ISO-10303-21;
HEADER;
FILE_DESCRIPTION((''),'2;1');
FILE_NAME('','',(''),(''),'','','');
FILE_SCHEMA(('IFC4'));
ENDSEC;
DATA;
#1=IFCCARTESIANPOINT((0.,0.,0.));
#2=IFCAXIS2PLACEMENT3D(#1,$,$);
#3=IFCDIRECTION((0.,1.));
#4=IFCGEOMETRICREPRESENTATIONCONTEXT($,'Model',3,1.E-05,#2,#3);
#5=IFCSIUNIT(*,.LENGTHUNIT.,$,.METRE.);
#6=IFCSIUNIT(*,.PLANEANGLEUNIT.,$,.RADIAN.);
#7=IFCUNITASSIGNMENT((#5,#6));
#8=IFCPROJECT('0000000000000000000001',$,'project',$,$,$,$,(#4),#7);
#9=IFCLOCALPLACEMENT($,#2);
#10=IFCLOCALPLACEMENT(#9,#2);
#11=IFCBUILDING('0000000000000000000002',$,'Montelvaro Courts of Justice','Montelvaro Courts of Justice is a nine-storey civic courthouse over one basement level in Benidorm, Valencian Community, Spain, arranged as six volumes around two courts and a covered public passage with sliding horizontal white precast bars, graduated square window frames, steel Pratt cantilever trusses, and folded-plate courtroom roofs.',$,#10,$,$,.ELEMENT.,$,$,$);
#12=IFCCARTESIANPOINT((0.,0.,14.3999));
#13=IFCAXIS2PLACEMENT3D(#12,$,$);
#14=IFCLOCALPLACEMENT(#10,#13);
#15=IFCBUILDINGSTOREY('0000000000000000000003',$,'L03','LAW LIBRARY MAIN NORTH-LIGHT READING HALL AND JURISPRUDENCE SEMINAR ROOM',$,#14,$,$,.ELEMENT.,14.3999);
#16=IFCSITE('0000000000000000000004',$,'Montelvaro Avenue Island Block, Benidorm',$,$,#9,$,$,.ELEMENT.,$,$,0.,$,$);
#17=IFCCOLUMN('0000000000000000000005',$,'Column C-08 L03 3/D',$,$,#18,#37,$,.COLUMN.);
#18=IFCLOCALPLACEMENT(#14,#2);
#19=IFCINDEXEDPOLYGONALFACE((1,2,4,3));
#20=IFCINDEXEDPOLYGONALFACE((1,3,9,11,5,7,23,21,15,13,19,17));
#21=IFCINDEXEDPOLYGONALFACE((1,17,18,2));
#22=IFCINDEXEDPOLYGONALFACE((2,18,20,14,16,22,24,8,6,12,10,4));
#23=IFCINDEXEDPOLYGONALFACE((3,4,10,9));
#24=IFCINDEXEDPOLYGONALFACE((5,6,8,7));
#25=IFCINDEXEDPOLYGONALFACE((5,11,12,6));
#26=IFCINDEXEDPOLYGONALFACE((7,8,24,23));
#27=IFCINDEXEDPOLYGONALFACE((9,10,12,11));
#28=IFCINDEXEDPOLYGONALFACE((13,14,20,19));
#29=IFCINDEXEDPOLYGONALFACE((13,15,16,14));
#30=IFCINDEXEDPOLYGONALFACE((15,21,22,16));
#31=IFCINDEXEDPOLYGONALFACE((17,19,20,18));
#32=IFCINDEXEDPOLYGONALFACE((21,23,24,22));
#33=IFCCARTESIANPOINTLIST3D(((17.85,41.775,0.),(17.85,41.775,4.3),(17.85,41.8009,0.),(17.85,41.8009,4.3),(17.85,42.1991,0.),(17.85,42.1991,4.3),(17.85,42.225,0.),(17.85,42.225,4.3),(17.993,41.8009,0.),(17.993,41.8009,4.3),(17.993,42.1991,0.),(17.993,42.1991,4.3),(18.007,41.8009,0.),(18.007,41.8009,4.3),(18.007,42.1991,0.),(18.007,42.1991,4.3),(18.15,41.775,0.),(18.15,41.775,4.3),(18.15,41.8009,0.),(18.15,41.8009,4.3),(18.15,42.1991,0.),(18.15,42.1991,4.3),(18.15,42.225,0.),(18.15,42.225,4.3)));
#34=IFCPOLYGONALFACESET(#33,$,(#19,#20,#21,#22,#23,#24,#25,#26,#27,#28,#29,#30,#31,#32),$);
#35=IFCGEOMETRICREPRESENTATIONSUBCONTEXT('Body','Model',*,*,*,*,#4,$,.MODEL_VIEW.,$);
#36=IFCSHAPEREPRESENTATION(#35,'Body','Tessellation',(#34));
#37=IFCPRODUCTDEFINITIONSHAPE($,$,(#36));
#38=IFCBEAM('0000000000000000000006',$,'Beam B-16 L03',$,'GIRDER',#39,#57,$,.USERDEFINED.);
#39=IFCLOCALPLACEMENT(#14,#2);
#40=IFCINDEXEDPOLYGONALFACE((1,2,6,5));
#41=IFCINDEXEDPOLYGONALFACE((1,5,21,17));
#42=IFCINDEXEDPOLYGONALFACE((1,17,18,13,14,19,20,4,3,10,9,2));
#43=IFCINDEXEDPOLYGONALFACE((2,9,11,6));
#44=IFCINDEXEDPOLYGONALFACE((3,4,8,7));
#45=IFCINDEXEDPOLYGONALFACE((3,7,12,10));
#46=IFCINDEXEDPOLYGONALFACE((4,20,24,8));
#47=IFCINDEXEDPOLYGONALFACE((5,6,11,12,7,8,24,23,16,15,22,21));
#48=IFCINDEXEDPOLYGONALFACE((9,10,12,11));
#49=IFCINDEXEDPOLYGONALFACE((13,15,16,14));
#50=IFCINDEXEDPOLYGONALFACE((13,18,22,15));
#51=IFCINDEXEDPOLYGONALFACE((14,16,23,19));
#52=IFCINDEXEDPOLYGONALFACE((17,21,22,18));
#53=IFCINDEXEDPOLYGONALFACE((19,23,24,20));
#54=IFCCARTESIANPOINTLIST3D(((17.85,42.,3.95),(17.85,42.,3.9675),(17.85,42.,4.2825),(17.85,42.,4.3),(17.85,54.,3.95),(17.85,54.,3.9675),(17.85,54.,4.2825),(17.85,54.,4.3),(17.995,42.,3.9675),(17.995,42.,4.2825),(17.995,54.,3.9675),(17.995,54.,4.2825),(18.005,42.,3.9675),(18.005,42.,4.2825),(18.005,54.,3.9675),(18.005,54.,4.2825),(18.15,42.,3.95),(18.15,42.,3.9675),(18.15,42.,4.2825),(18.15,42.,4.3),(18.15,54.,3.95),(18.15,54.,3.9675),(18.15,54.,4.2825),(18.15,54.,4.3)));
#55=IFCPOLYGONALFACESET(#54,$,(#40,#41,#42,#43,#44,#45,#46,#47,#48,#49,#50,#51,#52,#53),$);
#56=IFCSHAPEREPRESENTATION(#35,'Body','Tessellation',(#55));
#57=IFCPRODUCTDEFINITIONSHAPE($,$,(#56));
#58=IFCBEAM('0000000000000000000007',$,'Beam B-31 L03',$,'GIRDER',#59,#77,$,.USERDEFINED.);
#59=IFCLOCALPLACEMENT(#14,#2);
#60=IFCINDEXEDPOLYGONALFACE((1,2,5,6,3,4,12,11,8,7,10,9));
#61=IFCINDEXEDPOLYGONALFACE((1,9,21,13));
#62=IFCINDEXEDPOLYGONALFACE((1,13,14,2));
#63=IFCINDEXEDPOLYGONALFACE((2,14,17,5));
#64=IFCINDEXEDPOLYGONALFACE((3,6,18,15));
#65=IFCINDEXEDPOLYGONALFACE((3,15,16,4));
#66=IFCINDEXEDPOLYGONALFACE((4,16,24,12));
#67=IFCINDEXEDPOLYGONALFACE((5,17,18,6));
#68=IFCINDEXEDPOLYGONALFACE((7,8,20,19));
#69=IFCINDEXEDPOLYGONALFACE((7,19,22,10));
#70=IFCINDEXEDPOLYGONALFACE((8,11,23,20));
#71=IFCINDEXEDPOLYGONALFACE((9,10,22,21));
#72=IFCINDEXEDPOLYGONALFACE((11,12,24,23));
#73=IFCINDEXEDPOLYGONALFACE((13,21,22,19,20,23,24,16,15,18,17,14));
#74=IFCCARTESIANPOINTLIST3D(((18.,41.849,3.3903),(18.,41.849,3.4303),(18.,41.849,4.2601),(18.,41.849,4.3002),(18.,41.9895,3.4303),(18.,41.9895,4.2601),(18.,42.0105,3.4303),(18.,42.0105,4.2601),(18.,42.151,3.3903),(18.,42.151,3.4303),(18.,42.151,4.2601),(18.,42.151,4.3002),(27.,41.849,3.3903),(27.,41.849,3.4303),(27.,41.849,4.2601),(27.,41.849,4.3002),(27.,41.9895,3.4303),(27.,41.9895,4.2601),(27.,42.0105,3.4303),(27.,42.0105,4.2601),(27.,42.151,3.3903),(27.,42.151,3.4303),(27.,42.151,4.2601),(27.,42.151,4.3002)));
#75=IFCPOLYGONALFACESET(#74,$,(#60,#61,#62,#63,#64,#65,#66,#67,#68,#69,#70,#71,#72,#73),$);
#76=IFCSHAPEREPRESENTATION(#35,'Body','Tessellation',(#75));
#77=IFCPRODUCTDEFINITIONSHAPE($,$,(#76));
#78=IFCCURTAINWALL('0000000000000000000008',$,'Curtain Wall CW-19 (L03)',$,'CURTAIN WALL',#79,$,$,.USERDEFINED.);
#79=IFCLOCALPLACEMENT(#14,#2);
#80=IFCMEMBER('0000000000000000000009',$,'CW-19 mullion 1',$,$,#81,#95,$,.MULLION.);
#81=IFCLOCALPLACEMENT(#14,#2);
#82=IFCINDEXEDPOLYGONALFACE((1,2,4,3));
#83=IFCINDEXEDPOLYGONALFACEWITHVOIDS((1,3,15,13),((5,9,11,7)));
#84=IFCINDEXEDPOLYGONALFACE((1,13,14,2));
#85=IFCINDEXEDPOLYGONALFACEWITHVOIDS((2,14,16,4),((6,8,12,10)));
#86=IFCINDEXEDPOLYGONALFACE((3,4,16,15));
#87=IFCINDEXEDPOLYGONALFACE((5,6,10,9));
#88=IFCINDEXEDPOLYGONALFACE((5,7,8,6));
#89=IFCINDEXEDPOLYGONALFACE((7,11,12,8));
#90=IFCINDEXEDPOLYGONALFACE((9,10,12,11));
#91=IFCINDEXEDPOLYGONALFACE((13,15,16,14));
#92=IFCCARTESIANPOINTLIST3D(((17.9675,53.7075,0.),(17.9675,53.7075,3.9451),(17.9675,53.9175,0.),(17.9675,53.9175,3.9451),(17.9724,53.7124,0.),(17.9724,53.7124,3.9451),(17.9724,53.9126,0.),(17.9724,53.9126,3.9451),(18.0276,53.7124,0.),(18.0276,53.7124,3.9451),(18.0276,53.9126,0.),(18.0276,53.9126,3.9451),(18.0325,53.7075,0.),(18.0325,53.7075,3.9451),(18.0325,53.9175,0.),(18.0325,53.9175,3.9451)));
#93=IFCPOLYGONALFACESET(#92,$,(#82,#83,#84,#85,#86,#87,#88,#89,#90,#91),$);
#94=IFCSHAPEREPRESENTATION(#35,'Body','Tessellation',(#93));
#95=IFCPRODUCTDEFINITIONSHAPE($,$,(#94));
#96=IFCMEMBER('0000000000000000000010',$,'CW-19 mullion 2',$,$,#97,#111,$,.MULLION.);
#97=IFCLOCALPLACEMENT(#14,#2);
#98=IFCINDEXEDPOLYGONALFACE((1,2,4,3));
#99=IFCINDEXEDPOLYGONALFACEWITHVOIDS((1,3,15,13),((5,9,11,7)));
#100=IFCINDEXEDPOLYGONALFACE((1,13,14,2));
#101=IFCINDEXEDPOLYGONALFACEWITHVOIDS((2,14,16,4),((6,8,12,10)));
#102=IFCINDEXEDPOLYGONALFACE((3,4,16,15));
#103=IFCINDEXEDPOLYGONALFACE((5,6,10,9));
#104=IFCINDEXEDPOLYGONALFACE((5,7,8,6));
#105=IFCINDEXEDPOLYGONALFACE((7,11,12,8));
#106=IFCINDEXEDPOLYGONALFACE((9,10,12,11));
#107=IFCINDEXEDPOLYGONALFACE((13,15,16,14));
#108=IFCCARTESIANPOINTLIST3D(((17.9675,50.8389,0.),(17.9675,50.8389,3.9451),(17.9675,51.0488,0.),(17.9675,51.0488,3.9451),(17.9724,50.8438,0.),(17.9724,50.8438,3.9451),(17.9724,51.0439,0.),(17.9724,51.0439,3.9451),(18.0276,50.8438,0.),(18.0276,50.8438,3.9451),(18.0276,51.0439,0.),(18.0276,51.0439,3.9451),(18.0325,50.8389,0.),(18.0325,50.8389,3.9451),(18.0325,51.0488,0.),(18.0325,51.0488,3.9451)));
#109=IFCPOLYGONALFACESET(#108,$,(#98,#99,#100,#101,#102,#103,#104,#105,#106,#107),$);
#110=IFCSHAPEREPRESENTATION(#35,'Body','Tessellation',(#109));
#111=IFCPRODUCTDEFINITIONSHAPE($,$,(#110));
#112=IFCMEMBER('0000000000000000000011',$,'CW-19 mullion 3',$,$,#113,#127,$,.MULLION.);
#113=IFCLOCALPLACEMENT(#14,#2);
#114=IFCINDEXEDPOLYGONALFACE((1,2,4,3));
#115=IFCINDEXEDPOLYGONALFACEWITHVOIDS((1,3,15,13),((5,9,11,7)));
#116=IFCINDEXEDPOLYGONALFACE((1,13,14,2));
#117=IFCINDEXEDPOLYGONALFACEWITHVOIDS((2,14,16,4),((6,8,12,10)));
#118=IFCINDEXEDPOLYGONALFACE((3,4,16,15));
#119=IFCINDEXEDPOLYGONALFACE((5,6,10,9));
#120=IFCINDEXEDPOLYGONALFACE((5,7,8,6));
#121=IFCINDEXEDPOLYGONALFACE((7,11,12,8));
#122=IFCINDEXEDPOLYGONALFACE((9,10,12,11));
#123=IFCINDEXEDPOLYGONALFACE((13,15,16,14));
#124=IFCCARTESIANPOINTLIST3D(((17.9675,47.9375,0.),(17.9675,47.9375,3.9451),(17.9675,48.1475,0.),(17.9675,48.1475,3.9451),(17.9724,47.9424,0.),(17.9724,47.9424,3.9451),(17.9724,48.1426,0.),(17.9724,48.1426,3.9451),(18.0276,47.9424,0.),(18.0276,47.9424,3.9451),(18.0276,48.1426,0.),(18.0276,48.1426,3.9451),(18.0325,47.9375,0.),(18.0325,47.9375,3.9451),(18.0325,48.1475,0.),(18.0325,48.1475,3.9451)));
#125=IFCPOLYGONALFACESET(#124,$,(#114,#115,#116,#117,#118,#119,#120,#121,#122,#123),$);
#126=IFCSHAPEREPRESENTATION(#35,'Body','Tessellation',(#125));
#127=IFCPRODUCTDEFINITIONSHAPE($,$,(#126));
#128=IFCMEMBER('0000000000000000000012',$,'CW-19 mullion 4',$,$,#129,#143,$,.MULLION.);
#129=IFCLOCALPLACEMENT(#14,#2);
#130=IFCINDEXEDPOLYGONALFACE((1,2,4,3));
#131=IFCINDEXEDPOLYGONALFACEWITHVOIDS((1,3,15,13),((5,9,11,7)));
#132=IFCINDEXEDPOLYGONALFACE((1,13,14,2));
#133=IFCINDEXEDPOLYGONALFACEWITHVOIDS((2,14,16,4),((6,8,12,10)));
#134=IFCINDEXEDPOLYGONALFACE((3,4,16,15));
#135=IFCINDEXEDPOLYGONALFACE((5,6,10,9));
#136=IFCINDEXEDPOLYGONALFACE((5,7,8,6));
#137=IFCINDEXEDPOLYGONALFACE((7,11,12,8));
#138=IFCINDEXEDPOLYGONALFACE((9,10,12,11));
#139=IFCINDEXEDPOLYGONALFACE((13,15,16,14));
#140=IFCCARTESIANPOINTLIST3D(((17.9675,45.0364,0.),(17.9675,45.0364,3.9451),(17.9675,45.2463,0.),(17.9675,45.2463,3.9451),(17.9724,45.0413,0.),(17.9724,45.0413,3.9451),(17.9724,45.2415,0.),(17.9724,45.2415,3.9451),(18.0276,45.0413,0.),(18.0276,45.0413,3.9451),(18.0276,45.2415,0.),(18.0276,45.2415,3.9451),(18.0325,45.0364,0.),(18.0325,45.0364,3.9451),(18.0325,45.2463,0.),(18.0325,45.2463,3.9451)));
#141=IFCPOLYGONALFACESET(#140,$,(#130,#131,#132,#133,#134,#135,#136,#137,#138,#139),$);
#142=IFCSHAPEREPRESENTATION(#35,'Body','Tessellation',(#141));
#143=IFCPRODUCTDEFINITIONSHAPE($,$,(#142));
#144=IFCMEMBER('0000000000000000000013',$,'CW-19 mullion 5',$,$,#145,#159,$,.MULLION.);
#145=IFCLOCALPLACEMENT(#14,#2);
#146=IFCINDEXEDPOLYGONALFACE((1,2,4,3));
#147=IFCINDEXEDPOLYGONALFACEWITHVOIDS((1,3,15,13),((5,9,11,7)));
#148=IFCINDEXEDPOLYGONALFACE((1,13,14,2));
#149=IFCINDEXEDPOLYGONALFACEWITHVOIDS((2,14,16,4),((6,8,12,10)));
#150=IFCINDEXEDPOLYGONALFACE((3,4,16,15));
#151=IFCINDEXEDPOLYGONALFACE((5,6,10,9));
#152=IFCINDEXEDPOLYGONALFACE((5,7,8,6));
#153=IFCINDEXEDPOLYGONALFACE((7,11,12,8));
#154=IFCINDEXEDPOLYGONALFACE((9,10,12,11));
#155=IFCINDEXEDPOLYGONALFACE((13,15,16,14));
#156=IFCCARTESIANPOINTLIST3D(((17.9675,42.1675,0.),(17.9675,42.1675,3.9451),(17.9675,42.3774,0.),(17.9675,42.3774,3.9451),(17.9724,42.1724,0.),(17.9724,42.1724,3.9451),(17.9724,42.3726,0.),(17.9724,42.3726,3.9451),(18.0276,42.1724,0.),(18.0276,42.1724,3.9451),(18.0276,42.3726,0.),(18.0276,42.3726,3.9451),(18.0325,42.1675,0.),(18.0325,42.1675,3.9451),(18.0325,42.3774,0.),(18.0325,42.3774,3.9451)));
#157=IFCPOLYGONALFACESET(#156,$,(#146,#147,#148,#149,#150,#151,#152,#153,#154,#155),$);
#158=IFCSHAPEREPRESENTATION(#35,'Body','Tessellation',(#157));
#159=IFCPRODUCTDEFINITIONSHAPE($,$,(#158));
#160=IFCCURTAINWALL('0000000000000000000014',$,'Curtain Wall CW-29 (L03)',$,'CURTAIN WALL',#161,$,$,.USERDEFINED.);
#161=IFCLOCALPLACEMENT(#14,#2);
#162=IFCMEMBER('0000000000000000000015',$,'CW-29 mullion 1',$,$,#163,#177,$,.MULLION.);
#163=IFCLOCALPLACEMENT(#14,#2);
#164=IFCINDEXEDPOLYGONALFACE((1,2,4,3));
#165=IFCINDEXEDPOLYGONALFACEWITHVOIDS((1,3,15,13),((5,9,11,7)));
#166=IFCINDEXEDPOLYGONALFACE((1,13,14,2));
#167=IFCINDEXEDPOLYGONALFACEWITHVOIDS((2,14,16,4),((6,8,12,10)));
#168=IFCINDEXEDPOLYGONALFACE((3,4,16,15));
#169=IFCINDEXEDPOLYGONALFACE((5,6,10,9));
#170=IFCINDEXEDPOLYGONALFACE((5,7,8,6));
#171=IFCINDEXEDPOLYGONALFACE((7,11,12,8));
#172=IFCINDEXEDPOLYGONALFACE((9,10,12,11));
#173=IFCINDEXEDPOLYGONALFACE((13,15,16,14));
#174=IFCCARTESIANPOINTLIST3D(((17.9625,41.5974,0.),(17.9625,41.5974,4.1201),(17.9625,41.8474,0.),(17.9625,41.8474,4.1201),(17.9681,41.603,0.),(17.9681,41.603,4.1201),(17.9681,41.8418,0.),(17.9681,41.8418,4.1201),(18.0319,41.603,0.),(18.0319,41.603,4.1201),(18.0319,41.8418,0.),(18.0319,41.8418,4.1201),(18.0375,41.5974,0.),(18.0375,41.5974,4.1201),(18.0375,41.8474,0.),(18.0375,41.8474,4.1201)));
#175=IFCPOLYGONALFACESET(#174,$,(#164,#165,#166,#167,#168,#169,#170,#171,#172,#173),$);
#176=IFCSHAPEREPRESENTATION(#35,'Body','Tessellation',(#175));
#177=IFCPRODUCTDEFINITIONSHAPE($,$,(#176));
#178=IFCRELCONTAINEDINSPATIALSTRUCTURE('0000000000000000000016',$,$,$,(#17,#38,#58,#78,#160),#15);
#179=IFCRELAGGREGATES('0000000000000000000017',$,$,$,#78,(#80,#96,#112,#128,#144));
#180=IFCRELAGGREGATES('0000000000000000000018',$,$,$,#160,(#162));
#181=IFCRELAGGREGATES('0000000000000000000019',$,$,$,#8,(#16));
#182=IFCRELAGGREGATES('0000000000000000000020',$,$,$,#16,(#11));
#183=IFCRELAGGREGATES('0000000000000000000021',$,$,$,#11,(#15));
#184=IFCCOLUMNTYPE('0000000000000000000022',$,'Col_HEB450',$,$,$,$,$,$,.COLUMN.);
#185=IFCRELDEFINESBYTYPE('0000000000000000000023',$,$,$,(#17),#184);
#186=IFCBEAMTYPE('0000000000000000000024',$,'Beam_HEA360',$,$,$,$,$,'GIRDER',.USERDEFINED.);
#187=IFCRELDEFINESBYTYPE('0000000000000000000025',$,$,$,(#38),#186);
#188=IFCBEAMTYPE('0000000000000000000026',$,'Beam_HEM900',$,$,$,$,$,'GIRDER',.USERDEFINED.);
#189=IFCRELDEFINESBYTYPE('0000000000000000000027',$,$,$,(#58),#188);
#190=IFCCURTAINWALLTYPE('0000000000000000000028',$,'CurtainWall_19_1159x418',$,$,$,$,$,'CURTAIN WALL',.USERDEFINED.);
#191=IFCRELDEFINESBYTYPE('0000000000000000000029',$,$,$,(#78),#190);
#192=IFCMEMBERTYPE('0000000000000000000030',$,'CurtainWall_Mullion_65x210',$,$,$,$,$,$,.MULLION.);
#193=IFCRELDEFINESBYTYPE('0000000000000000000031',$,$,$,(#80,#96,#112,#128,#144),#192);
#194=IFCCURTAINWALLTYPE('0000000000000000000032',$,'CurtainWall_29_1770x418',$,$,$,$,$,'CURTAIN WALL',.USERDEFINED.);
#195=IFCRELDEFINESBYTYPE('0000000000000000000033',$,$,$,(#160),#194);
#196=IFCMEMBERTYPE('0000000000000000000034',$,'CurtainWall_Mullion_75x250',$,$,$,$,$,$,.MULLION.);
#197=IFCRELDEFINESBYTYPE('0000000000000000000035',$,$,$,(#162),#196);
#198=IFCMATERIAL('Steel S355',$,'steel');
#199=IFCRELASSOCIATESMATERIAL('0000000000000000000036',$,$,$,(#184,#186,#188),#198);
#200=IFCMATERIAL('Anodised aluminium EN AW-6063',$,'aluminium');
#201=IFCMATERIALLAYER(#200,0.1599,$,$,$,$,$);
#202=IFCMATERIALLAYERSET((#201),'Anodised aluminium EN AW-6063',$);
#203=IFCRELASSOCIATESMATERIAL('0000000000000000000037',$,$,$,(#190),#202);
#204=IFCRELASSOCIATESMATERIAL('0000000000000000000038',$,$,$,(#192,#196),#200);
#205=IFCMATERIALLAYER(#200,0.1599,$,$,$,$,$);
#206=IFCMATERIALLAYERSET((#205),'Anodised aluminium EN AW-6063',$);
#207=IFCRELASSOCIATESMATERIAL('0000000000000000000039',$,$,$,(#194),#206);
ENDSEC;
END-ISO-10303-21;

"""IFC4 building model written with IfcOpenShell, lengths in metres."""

from ifc_helpers import new_model, si_unit, direction, frame, origin, origin_2d, place, context, subcontext, project, spatial, hollow_rectangle, i_section, extrude, material, layer, layer_set, material_profile, profile_set, type_object, element, aggregate, save


model = new_model("IFC4")

# Units and contexts
model_context = context("Model", 3, precision=1e-05, world=origin(), true_north=direction((0.0, 1.0)))
body_context = subcontext(model_context, "Body", "Model", "MODEL_VIEW")
ifc_project = project(units=[si_unit("LENGTHUNIT", "METRE"), si_unit("PLANEANGLEUNIT", "RADIAN")], contexts=[model_context])

# Site, building, storey
site_placement = place(None, origin())
site = spatial("IfcSite", under=ifc_project, at=site_placement, Name="Montelvaro Avenue Island Block, Benidorm", CompositionType="ELEMENT", RefElevation=0.0)
building_placement = place(site_placement, origin())
building = spatial("IfcBuilding", under=site, at=building_placement, Name="Montelvaro Courts of Justice", Description="Montelvaro Courts of Justice is a nine-storey civic courthouse over one basement level in Benidorm, Valencian Community, Spain, arranged as six volumes around two courts and a covered public passage with sliding horizontal white precast bars, graduated square window frames, steel Pratt cantilever trusses, and folded-plate courtroom roofs.", CompositionType="ELEMENT")
storey_placement = place(building_placement, frame((0.0, 0.0, 14.3999)))
storey = spatial("IfcBuildingStorey", under=building, at=storey_placement, Name="L03", Description="LAW LIBRARY MAIN NORTH-LIGHT READING HALL AND JURISPRUDENCE SEMINAR ROOM", CompositionType="ELEMENT", Elevation=14.3999)

# Column
ifc_material_1 = material(Name="Steel S355", Category="steel")
ifc_material_profile_1 = material_profile(ifc_material_1, i_section(OverallWidth=0.3, OverallDepth=0.45, WebThickness=0.0139, FlangeThickness=0.0259, at=origin_2d()), Name="HEB 450")
ifc_profile_set_1 = profile_set([ifc_material_profile_1], Name="Steel S355")
column_type = type_object("IfcColumnType", Name="Col_HEB450", PredefinedType="COLUMN", material=ifc_profile_set_1)
column_placement = place(storey_placement, frame((18.0, 42.0, 0.0), z_axis=(0.0, 0.0, 1.0), x_axis=(1.0, 0.0, 0.0)))
element("IfcColumn", 1, at=column_placement, inside=storey, type_object=column_type, Name="Column C-08 L03 3/D", PredefinedType="COLUMN", context=body_context, shape_type="SweptSolid", body=[
    extrude(i_section(OverallWidth=0.3, OverallDepth=0.45, WebThickness=0.0139, FlangeThickness=0.0259, at=origin_2d()), origin(), (0.0, 0.0, 1.0), 4.3),
])

# Beams
ifc_material_profile_2 = material_profile(ifc_material_1, i_section(OverallWidth=0.3, OverallDepth=0.3501, WebThickness=0.01, FlangeThickness=0.0176, at=origin_2d()), Name="HEA 360")
ifc_profile_set_2 = profile_set([ifc_material_profile_2], Name="Steel S355")
beam_type_1 = type_object("IfcBeamType", Name="Beam_HEA360", ElementType="GIRDER", PredefinedType="USERDEFINED", material=ifc_profile_set_2)
beam_1_placement = place(storey_placement, frame((18.0, 42.0, 4.125), z_axis=(0.0, 1.0, 0.0), x_axis=(-1.0, 0.0, 0.0)))
element("IfcBeam", 2, at=beam_1_placement, inside=storey, type_object=beam_type_1, Name="Beam B-16 L03", ObjectType="GIRDER", PredefinedType="USERDEFINED", context=body_context, shape_type="SweptSolid", body=[
    extrude(i_section(OverallWidth=0.3, OverallDepth=0.3501, WebThickness=0.01, FlangeThickness=0.0176, at=origin_2d()), origin(), (0.0, 0.0, 1.0), 12.0),
])
ifc_material_profile_3 = material_profile(ifc_material_1, i_section(OverallWidth=0.302, OverallDepth=0.9099, WebThickness=0.021, FlangeThickness=0.04, at=origin_2d()), Name="HEM 900")
ifc_profile_set_3 = profile_set([ifc_material_profile_3], Name="Steel S355")
beam_type_2 = type_object("IfcBeamType", Name="Beam_HEM900", ElementType="GIRDER", PredefinedType="USERDEFINED", material=ifc_profile_set_3)
beam_2_placement = place(storey_placement, frame((18.0, 42.0, 3.8452), z_axis=(1.0, 0.0, 0.0), x_axis=(0.0, 1.0, 0.0)))
element("IfcBeam", 3, at=beam_2_placement, inside=storey, type_object=beam_type_2, Name="Beam B-31 L03", ObjectType="GIRDER", PredefinedType="USERDEFINED", context=body_context, shape_type="SweptSolid", body=[
    extrude(i_section(OverallWidth=0.302, OverallDepth=0.9099, WebThickness=0.021, FlangeThickness=0.04, at=origin_2d()), origin(), (0.0, 0.0, 1.0), 9.0),
])

# Curtain walls, members
ifc_material_2 = material(Name="Anodised aluminium EN AW-6063", Category="aluminium")
ifc_layer_1 = layer(ifc_material_2, 0.1599)
ifc_layer_set_1 = layer_set([ifc_layer_1], Name="Anodised aluminium EN AW-6063")
curtain_wall_type_1 = type_object("IfcCurtainWallType", Name="CurtainWall_19_1159x418", ElementType="CURTAIN WALL", PredefinedType="USERDEFINED", material=ifc_layer_set_1)
curtain_wall_1_placement = place(storey_placement, origin())
curtain_wall_1 = element("IfcCurtainWall", 4, at=curtain_wall_1_placement, inside=storey, type_object=curtain_wall_type_1, Name="Curtain Wall CW-19 (L03)", ObjectType="CURTAIN WALL", PredefinedType="USERDEFINED")
ifc_material_profile_4 = material_profile(ifc_material_2, hollow_rectangle(XDim=0.0649, YDim=0.21, WallThickness=0.0049, at=origin_2d()), Name="ALU-M 65x210")
ifc_profile_set_4 = profile_set([ifc_material_profile_4], Name="Anodised aluminium EN AW-6063")
member_type_1 = type_object("IfcMemberType", Name="CurtainWall_Mullion_65x210", PredefinedType="MULLION", material=ifc_profile_set_4)
member_1_placement = place(storey_placement, frame((18.0, 53.8125, 0.0), z_axis=(0.0, 0.0, 1.0), x_axis=(1.0, 0.0, 0.0)))
member_1 = element("IfcMember", 5, at=member_1_placement, type_object=member_type_1, Name="CW-19 mullion 1", PredefinedType="MULLION", context=body_context, shape_type="SweptSolid", body=[
    extrude(hollow_rectangle(XDim=0.0649, YDim=0.21, WallThickness=0.0049, at=origin_2d()), origin(), (0.0, 0.0, 1.0), 3.9451),
])
member_2_placement = place(storey_placement, frame((18.0, 50.9438, 0.0), z_axis=(0.0, 0.0, 1.0), x_axis=(1.0, 0.0, 0.0)))
member_2 = element("IfcMember", 6, at=member_2_placement, type_object=member_type_1, Name="CW-19 mullion 2", PredefinedType="MULLION", context=body_context, shape_type="SweptSolid", body=[
    extrude(hollow_rectangle(XDim=0.0649, YDim=0.21, WallThickness=0.0049, at=origin_2d()), origin(), (0.0, 0.0, 1.0), 3.9451),
])
member_3_placement = place(storey_placement, frame((18.0, 48.0425, 0.0), z_axis=(0.0, 0.0, 1.0), x_axis=(1.0, 0.0, 0.0)))
member_3 = element("IfcMember", 7, at=member_3_placement, type_object=member_type_1, Name="CW-19 mullion 3", PredefinedType="MULLION", context=body_context, shape_type="SweptSolid", body=[
    extrude(hollow_rectangle(XDim=0.0649, YDim=0.21, WallThickness=0.0049, at=origin_2d()), origin(), (0.0, 0.0, 1.0), 3.9451),
])
member_4_placement = place(storey_placement, frame((18.0, 45.1414, 0.0), z_axis=(0.0, 0.0, 1.0), x_axis=(1.0, 0.0, 0.0)))
member_4 = element("IfcMember", 8, at=member_4_placement, type_object=member_type_1, Name="CW-19 mullion 4", PredefinedType="MULLION", context=body_context, shape_type="SweptSolid", body=[
    extrude(hollow_rectangle(XDim=0.0649, YDim=0.21, WallThickness=0.0049, at=origin_2d()), origin(), (0.0, 0.0, 1.0), 3.9451),
])
member_5_placement = place(storey_placement, frame((18.0, 42.2725, 0.0), z_axis=(0.0, 0.0, 1.0), x_axis=(1.0, 0.0, 0.0)))
member_5 = element("IfcMember", 9, at=member_5_placement, type_object=member_type_1, Name="CW-19 mullion 5", PredefinedType="MULLION", context=body_context, shape_type="SweptSolid", body=[
    extrude(hollow_rectangle(XDim=0.0649, YDim=0.21, WallThickness=0.0049, at=origin_2d()), origin(), (0.0, 0.0, 1.0), 3.9451),
])
ifc_layer_2 = layer(ifc_material_2, 0.1599)
ifc_layer_set_2 = layer_set([ifc_layer_2], Name="Anodised aluminium EN AW-6063")
curtain_wall_type_2 = type_object("IfcCurtainWallType", Name="CurtainWall_29_1770x418", ElementType="CURTAIN WALL", PredefinedType="USERDEFINED", material=ifc_layer_set_2)
curtain_wall_2_placement = place(storey_placement, origin())
curtain_wall_2 = element("IfcCurtainWall", 10, at=curtain_wall_2_placement, inside=storey, type_object=curtain_wall_type_2, Name="Curtain Wall CW-29 (L03)", ObjectType="CURTAIN WALL", PredefinedType="USERDEFINED")
ifc_material_profile_5 = material_profile(ifc_material_2, hollow_rectangle(XDim=0.075, YDim=0.25, WallThickness=0.0056, at=origin_2d()), Name="ALU-M 75x250")
ifc_profile_set_5 = profile_set([ifc_material_profile_5], Name="Anodised aluminium EN AW-6063")
member_type_2 = type_object("IfcMemberType", Name="CurtainWall_Mullion_75x250", PredefinedType="MULLION", material=ifc_profile_set_5)
member_6_placement = place(storey_placement, frame((18.0, 41.7224, 0.0), z_axis=(0.0, 0.0, 1.0), x_axis=(1.0, 0.0, 0.0)))
member_6 = element("IfcMember", 11, at=member_6_placement, type_object=member_type_2, Name="CW-29 mullion 1", PredefinedType="MULLION", context=body_context, shape_type="SweptSolid", body=[
    extrude(hollow_rectangle(XDim=0.075, YDim=0.25, WallThickness=0.0056, at=origin_2d()), origin(), (0.0, 0.0, 1.0), 4.1201),
])

aggregate(curtain_wall_1, [member_1, member_2, member_3, member_4, member_5])
aggregate(curtain_wall_2, [member_6])

save(model, "model.ifc")
